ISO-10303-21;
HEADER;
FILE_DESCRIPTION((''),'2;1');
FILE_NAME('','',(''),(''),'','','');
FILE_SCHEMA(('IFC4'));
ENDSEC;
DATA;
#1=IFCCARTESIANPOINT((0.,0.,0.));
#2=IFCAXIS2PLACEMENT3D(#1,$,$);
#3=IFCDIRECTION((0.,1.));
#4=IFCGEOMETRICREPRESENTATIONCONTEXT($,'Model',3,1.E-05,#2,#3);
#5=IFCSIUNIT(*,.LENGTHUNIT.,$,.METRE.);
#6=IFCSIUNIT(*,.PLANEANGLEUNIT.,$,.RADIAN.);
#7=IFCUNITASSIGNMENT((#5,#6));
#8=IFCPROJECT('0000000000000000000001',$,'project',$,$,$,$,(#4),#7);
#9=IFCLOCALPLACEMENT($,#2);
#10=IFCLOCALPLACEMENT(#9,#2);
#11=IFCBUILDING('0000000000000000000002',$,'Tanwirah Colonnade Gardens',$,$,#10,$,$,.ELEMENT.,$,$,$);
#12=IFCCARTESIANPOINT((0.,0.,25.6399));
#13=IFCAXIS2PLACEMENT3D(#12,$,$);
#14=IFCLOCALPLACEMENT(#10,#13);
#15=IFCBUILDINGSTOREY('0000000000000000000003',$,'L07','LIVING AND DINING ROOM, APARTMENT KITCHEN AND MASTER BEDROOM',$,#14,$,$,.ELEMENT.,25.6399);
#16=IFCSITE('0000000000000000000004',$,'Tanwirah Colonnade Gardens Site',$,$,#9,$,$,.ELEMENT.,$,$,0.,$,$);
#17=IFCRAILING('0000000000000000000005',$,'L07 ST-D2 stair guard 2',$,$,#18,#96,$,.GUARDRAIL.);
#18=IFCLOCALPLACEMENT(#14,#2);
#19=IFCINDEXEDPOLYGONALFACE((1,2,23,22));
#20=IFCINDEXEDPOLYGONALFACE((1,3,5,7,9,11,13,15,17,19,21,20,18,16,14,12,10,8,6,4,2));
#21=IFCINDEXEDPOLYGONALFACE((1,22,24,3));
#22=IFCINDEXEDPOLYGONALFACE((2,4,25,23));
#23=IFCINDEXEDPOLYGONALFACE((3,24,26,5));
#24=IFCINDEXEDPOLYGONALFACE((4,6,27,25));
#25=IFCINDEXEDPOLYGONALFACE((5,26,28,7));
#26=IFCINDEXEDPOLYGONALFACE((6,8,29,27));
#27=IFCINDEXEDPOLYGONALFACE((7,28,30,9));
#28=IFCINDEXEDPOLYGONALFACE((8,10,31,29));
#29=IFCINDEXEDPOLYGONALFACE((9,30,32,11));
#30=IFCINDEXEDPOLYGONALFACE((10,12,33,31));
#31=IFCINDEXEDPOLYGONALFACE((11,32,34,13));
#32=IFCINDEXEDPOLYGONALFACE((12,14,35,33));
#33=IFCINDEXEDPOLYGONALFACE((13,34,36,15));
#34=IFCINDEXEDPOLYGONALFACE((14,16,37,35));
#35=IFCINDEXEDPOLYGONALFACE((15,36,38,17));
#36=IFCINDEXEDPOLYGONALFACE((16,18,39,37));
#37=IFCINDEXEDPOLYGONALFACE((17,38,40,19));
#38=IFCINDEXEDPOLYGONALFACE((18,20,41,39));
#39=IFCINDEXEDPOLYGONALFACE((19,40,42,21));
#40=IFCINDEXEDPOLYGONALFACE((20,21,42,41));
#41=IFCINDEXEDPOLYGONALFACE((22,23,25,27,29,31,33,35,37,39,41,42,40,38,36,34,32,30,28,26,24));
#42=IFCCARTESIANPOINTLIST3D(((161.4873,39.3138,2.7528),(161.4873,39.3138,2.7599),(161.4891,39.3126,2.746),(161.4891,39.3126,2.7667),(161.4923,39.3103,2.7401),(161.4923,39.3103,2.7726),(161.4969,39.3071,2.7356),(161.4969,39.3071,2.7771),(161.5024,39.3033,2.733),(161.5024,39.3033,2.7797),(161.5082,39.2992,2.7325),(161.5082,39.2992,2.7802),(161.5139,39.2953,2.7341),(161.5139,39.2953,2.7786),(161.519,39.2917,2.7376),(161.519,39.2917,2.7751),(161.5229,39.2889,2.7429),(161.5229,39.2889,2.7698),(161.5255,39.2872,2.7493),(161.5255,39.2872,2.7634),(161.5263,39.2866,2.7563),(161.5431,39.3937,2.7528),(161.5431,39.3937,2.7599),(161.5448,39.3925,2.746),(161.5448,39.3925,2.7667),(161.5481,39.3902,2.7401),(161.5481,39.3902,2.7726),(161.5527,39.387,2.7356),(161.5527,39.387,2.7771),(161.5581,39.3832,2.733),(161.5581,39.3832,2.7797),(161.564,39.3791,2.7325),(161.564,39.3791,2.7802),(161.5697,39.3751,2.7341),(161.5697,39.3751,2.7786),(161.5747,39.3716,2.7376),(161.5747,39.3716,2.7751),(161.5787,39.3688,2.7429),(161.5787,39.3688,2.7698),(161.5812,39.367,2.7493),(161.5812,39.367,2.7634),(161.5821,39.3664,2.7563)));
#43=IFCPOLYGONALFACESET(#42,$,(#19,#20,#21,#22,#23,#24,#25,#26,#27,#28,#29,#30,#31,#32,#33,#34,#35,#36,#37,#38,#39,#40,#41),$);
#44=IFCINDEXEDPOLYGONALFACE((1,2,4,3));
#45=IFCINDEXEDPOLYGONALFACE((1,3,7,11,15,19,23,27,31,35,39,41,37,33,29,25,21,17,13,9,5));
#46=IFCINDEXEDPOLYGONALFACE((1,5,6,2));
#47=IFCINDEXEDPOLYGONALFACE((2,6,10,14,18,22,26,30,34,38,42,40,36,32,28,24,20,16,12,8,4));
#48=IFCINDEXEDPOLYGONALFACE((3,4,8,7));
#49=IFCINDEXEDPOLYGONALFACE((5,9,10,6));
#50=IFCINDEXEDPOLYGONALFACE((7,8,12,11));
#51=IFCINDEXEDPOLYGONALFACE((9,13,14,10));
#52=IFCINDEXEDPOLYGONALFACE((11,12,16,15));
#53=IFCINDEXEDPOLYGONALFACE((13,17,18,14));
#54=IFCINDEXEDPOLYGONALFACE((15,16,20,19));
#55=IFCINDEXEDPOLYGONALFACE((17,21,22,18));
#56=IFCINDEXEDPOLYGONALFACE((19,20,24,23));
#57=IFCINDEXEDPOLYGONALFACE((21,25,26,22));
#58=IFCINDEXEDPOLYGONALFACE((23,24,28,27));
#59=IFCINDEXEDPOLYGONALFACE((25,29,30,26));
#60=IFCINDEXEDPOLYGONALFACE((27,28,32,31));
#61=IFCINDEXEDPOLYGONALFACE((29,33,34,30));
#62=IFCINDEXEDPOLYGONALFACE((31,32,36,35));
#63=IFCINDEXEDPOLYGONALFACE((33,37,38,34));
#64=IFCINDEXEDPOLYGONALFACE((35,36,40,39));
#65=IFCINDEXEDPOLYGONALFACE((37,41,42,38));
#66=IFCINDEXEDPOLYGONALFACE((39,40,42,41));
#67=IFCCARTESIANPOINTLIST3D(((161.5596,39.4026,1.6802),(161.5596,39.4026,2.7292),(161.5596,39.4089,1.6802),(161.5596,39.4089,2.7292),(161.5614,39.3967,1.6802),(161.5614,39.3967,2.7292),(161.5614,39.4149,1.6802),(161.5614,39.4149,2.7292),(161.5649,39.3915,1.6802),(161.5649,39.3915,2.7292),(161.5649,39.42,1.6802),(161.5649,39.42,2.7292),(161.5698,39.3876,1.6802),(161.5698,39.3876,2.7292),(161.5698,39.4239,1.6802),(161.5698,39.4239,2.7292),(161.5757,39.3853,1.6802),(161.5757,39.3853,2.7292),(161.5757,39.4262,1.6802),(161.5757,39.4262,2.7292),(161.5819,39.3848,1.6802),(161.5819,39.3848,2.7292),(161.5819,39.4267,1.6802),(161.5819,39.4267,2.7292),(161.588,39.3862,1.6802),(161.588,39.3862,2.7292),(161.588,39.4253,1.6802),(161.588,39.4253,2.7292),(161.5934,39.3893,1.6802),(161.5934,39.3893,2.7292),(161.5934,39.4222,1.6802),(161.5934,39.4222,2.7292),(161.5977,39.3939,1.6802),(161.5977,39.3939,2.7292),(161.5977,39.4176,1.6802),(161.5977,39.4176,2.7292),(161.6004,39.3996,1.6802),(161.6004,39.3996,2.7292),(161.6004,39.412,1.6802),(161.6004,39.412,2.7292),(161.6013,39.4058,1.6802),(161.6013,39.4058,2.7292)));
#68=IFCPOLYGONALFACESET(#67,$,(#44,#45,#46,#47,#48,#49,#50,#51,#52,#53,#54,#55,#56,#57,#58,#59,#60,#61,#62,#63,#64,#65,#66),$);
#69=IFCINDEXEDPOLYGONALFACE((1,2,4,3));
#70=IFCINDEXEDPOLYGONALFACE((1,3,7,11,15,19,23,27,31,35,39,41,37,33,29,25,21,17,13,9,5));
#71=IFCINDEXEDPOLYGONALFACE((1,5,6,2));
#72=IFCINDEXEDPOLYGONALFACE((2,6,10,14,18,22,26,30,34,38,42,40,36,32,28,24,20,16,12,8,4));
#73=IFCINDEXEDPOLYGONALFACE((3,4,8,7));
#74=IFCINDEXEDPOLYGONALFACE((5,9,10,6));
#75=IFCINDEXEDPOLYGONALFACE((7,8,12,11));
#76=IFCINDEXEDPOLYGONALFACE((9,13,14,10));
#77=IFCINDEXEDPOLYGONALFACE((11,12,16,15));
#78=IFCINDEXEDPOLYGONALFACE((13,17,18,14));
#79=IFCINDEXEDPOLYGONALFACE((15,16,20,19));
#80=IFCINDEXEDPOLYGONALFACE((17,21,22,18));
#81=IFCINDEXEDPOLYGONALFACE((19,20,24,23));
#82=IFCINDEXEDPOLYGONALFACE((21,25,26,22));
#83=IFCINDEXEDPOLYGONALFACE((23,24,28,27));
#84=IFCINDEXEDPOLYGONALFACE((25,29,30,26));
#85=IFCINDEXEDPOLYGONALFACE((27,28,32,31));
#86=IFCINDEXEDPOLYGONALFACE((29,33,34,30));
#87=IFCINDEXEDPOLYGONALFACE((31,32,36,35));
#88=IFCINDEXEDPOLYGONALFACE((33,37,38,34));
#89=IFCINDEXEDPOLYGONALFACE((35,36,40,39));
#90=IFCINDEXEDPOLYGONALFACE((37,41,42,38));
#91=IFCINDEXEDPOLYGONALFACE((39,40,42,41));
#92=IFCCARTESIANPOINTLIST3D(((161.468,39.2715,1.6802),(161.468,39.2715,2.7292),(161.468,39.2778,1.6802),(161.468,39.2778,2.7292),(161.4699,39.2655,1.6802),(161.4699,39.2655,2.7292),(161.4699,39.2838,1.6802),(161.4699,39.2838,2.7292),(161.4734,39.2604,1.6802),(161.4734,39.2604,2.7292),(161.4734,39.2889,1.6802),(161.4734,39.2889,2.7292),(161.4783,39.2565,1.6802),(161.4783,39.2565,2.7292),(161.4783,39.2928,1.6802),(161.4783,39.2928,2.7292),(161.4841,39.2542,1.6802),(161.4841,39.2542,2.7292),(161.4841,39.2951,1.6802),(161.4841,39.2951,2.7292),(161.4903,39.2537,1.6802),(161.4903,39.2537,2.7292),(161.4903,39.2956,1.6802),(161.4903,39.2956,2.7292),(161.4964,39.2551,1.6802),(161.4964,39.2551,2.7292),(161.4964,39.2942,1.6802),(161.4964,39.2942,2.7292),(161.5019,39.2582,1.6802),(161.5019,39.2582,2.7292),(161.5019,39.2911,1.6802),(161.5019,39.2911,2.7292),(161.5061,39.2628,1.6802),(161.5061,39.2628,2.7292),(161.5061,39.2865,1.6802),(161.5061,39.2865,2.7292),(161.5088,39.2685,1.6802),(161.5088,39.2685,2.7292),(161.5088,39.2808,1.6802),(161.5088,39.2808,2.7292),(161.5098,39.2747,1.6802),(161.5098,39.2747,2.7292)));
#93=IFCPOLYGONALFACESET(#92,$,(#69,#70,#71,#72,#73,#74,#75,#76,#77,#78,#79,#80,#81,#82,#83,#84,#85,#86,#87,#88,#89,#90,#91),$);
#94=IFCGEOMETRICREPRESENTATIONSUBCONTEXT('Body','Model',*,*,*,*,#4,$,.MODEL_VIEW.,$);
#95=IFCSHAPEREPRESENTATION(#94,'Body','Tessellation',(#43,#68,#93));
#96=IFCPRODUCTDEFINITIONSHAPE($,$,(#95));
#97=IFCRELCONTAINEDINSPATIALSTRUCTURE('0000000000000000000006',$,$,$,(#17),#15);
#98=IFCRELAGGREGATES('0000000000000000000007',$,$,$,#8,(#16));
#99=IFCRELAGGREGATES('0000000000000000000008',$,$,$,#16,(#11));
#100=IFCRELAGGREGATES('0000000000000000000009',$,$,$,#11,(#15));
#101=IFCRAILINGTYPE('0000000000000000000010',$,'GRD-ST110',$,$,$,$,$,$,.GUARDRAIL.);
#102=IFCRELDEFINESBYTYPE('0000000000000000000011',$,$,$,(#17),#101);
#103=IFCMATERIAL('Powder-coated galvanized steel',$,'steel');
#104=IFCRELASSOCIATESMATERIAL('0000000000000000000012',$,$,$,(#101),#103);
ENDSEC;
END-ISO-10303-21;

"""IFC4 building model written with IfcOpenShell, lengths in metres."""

from ifc_helpers import new_model, si_unit, direction, frame, origin, origin_2d, place, context, subcontext, project, spatial, circle, extrude, material, type_object, element, save


model = new_model("IFC4")

# Units and contexts
model_context = context("Model", 3, precision=1e-05, world=origin(), true_north=direction((0.0, 1.0)))
body_context = subcontext(model_context, "Body", "Model", "MODEL_VIEW")
ifc_project = project(units=[si_unit("LENGTHUNIT", "METRE"), si_unit("PLANEANGLEUNIT", "RADIAN")], contexts=[model_context])

# Site, building, storey
site_placement = place(None, origin())
site = spatial("IfcSite", under=ifc_project, at=site_placement, Name="Tanwirah Colonnade Gardens Site", CompositionType="ELEMENT", RefElevation=0.0)
building_placement = place(site_placement, origin())
building = spatial("IfcBuilding", under=site, at=building_placement, Name="Tanwirah Colonnade Gardens", CompositionType="ELEMENT")
storey_placement = place(building_placement, frame((0.0, 0.0, 25.6399)))
storey = spatial("IfcBuildingStorey", under=building, at=storey_placement, Name="L07", Description="LIVING AND DINING ROOM, APARTMENT KITCHEN AND MASTER BEDROOM", CompositionType="ELEMENT", Elevation=25.6399)

# Railing
ifc_material_1 = material(Name="Powder-coated galvanized steel", Category="steel")
railing_type_1 = type_object("IfcRailingType", Name="GRD-ST110", PredefinedType="GUARDRAIL", material=ifc_material_1)
railing_1_placement = place(storey_placement, frame((161.5803, 39.4058, 1.6802)))
element("IfcRailing", 1, at=railing_1_placement, inside=storey, type_object=railing_type_1, Name="L07 ST-D2 stair guard 2", PredefinedType="GUARDRAIL", context=body_context, shape_type="SweptSolid", body=[
    extrude(circle(Radius=0.0239, at=origin_2d()), frame((-0.0178, -0.0256, 1.0762), z_axis=(-0.57254, -0.819877, 0.0), x_axis=(0.819877, -0.57254, 0.0)), (0.0, 0.0, 1.0), 0.0974),
    extrude(circle(Radius=0.021, at=origin_2d()), origin(), (0.0, 0.0, 1.0), 1.0491),
    extrude(circle(Radius=0.021, at=origin_2d()), frame((-0.0916, -0.1311, 0.0)), (0.0, 0.0, 1.0), 1.0491),
])

save(model, "model.ifc")
